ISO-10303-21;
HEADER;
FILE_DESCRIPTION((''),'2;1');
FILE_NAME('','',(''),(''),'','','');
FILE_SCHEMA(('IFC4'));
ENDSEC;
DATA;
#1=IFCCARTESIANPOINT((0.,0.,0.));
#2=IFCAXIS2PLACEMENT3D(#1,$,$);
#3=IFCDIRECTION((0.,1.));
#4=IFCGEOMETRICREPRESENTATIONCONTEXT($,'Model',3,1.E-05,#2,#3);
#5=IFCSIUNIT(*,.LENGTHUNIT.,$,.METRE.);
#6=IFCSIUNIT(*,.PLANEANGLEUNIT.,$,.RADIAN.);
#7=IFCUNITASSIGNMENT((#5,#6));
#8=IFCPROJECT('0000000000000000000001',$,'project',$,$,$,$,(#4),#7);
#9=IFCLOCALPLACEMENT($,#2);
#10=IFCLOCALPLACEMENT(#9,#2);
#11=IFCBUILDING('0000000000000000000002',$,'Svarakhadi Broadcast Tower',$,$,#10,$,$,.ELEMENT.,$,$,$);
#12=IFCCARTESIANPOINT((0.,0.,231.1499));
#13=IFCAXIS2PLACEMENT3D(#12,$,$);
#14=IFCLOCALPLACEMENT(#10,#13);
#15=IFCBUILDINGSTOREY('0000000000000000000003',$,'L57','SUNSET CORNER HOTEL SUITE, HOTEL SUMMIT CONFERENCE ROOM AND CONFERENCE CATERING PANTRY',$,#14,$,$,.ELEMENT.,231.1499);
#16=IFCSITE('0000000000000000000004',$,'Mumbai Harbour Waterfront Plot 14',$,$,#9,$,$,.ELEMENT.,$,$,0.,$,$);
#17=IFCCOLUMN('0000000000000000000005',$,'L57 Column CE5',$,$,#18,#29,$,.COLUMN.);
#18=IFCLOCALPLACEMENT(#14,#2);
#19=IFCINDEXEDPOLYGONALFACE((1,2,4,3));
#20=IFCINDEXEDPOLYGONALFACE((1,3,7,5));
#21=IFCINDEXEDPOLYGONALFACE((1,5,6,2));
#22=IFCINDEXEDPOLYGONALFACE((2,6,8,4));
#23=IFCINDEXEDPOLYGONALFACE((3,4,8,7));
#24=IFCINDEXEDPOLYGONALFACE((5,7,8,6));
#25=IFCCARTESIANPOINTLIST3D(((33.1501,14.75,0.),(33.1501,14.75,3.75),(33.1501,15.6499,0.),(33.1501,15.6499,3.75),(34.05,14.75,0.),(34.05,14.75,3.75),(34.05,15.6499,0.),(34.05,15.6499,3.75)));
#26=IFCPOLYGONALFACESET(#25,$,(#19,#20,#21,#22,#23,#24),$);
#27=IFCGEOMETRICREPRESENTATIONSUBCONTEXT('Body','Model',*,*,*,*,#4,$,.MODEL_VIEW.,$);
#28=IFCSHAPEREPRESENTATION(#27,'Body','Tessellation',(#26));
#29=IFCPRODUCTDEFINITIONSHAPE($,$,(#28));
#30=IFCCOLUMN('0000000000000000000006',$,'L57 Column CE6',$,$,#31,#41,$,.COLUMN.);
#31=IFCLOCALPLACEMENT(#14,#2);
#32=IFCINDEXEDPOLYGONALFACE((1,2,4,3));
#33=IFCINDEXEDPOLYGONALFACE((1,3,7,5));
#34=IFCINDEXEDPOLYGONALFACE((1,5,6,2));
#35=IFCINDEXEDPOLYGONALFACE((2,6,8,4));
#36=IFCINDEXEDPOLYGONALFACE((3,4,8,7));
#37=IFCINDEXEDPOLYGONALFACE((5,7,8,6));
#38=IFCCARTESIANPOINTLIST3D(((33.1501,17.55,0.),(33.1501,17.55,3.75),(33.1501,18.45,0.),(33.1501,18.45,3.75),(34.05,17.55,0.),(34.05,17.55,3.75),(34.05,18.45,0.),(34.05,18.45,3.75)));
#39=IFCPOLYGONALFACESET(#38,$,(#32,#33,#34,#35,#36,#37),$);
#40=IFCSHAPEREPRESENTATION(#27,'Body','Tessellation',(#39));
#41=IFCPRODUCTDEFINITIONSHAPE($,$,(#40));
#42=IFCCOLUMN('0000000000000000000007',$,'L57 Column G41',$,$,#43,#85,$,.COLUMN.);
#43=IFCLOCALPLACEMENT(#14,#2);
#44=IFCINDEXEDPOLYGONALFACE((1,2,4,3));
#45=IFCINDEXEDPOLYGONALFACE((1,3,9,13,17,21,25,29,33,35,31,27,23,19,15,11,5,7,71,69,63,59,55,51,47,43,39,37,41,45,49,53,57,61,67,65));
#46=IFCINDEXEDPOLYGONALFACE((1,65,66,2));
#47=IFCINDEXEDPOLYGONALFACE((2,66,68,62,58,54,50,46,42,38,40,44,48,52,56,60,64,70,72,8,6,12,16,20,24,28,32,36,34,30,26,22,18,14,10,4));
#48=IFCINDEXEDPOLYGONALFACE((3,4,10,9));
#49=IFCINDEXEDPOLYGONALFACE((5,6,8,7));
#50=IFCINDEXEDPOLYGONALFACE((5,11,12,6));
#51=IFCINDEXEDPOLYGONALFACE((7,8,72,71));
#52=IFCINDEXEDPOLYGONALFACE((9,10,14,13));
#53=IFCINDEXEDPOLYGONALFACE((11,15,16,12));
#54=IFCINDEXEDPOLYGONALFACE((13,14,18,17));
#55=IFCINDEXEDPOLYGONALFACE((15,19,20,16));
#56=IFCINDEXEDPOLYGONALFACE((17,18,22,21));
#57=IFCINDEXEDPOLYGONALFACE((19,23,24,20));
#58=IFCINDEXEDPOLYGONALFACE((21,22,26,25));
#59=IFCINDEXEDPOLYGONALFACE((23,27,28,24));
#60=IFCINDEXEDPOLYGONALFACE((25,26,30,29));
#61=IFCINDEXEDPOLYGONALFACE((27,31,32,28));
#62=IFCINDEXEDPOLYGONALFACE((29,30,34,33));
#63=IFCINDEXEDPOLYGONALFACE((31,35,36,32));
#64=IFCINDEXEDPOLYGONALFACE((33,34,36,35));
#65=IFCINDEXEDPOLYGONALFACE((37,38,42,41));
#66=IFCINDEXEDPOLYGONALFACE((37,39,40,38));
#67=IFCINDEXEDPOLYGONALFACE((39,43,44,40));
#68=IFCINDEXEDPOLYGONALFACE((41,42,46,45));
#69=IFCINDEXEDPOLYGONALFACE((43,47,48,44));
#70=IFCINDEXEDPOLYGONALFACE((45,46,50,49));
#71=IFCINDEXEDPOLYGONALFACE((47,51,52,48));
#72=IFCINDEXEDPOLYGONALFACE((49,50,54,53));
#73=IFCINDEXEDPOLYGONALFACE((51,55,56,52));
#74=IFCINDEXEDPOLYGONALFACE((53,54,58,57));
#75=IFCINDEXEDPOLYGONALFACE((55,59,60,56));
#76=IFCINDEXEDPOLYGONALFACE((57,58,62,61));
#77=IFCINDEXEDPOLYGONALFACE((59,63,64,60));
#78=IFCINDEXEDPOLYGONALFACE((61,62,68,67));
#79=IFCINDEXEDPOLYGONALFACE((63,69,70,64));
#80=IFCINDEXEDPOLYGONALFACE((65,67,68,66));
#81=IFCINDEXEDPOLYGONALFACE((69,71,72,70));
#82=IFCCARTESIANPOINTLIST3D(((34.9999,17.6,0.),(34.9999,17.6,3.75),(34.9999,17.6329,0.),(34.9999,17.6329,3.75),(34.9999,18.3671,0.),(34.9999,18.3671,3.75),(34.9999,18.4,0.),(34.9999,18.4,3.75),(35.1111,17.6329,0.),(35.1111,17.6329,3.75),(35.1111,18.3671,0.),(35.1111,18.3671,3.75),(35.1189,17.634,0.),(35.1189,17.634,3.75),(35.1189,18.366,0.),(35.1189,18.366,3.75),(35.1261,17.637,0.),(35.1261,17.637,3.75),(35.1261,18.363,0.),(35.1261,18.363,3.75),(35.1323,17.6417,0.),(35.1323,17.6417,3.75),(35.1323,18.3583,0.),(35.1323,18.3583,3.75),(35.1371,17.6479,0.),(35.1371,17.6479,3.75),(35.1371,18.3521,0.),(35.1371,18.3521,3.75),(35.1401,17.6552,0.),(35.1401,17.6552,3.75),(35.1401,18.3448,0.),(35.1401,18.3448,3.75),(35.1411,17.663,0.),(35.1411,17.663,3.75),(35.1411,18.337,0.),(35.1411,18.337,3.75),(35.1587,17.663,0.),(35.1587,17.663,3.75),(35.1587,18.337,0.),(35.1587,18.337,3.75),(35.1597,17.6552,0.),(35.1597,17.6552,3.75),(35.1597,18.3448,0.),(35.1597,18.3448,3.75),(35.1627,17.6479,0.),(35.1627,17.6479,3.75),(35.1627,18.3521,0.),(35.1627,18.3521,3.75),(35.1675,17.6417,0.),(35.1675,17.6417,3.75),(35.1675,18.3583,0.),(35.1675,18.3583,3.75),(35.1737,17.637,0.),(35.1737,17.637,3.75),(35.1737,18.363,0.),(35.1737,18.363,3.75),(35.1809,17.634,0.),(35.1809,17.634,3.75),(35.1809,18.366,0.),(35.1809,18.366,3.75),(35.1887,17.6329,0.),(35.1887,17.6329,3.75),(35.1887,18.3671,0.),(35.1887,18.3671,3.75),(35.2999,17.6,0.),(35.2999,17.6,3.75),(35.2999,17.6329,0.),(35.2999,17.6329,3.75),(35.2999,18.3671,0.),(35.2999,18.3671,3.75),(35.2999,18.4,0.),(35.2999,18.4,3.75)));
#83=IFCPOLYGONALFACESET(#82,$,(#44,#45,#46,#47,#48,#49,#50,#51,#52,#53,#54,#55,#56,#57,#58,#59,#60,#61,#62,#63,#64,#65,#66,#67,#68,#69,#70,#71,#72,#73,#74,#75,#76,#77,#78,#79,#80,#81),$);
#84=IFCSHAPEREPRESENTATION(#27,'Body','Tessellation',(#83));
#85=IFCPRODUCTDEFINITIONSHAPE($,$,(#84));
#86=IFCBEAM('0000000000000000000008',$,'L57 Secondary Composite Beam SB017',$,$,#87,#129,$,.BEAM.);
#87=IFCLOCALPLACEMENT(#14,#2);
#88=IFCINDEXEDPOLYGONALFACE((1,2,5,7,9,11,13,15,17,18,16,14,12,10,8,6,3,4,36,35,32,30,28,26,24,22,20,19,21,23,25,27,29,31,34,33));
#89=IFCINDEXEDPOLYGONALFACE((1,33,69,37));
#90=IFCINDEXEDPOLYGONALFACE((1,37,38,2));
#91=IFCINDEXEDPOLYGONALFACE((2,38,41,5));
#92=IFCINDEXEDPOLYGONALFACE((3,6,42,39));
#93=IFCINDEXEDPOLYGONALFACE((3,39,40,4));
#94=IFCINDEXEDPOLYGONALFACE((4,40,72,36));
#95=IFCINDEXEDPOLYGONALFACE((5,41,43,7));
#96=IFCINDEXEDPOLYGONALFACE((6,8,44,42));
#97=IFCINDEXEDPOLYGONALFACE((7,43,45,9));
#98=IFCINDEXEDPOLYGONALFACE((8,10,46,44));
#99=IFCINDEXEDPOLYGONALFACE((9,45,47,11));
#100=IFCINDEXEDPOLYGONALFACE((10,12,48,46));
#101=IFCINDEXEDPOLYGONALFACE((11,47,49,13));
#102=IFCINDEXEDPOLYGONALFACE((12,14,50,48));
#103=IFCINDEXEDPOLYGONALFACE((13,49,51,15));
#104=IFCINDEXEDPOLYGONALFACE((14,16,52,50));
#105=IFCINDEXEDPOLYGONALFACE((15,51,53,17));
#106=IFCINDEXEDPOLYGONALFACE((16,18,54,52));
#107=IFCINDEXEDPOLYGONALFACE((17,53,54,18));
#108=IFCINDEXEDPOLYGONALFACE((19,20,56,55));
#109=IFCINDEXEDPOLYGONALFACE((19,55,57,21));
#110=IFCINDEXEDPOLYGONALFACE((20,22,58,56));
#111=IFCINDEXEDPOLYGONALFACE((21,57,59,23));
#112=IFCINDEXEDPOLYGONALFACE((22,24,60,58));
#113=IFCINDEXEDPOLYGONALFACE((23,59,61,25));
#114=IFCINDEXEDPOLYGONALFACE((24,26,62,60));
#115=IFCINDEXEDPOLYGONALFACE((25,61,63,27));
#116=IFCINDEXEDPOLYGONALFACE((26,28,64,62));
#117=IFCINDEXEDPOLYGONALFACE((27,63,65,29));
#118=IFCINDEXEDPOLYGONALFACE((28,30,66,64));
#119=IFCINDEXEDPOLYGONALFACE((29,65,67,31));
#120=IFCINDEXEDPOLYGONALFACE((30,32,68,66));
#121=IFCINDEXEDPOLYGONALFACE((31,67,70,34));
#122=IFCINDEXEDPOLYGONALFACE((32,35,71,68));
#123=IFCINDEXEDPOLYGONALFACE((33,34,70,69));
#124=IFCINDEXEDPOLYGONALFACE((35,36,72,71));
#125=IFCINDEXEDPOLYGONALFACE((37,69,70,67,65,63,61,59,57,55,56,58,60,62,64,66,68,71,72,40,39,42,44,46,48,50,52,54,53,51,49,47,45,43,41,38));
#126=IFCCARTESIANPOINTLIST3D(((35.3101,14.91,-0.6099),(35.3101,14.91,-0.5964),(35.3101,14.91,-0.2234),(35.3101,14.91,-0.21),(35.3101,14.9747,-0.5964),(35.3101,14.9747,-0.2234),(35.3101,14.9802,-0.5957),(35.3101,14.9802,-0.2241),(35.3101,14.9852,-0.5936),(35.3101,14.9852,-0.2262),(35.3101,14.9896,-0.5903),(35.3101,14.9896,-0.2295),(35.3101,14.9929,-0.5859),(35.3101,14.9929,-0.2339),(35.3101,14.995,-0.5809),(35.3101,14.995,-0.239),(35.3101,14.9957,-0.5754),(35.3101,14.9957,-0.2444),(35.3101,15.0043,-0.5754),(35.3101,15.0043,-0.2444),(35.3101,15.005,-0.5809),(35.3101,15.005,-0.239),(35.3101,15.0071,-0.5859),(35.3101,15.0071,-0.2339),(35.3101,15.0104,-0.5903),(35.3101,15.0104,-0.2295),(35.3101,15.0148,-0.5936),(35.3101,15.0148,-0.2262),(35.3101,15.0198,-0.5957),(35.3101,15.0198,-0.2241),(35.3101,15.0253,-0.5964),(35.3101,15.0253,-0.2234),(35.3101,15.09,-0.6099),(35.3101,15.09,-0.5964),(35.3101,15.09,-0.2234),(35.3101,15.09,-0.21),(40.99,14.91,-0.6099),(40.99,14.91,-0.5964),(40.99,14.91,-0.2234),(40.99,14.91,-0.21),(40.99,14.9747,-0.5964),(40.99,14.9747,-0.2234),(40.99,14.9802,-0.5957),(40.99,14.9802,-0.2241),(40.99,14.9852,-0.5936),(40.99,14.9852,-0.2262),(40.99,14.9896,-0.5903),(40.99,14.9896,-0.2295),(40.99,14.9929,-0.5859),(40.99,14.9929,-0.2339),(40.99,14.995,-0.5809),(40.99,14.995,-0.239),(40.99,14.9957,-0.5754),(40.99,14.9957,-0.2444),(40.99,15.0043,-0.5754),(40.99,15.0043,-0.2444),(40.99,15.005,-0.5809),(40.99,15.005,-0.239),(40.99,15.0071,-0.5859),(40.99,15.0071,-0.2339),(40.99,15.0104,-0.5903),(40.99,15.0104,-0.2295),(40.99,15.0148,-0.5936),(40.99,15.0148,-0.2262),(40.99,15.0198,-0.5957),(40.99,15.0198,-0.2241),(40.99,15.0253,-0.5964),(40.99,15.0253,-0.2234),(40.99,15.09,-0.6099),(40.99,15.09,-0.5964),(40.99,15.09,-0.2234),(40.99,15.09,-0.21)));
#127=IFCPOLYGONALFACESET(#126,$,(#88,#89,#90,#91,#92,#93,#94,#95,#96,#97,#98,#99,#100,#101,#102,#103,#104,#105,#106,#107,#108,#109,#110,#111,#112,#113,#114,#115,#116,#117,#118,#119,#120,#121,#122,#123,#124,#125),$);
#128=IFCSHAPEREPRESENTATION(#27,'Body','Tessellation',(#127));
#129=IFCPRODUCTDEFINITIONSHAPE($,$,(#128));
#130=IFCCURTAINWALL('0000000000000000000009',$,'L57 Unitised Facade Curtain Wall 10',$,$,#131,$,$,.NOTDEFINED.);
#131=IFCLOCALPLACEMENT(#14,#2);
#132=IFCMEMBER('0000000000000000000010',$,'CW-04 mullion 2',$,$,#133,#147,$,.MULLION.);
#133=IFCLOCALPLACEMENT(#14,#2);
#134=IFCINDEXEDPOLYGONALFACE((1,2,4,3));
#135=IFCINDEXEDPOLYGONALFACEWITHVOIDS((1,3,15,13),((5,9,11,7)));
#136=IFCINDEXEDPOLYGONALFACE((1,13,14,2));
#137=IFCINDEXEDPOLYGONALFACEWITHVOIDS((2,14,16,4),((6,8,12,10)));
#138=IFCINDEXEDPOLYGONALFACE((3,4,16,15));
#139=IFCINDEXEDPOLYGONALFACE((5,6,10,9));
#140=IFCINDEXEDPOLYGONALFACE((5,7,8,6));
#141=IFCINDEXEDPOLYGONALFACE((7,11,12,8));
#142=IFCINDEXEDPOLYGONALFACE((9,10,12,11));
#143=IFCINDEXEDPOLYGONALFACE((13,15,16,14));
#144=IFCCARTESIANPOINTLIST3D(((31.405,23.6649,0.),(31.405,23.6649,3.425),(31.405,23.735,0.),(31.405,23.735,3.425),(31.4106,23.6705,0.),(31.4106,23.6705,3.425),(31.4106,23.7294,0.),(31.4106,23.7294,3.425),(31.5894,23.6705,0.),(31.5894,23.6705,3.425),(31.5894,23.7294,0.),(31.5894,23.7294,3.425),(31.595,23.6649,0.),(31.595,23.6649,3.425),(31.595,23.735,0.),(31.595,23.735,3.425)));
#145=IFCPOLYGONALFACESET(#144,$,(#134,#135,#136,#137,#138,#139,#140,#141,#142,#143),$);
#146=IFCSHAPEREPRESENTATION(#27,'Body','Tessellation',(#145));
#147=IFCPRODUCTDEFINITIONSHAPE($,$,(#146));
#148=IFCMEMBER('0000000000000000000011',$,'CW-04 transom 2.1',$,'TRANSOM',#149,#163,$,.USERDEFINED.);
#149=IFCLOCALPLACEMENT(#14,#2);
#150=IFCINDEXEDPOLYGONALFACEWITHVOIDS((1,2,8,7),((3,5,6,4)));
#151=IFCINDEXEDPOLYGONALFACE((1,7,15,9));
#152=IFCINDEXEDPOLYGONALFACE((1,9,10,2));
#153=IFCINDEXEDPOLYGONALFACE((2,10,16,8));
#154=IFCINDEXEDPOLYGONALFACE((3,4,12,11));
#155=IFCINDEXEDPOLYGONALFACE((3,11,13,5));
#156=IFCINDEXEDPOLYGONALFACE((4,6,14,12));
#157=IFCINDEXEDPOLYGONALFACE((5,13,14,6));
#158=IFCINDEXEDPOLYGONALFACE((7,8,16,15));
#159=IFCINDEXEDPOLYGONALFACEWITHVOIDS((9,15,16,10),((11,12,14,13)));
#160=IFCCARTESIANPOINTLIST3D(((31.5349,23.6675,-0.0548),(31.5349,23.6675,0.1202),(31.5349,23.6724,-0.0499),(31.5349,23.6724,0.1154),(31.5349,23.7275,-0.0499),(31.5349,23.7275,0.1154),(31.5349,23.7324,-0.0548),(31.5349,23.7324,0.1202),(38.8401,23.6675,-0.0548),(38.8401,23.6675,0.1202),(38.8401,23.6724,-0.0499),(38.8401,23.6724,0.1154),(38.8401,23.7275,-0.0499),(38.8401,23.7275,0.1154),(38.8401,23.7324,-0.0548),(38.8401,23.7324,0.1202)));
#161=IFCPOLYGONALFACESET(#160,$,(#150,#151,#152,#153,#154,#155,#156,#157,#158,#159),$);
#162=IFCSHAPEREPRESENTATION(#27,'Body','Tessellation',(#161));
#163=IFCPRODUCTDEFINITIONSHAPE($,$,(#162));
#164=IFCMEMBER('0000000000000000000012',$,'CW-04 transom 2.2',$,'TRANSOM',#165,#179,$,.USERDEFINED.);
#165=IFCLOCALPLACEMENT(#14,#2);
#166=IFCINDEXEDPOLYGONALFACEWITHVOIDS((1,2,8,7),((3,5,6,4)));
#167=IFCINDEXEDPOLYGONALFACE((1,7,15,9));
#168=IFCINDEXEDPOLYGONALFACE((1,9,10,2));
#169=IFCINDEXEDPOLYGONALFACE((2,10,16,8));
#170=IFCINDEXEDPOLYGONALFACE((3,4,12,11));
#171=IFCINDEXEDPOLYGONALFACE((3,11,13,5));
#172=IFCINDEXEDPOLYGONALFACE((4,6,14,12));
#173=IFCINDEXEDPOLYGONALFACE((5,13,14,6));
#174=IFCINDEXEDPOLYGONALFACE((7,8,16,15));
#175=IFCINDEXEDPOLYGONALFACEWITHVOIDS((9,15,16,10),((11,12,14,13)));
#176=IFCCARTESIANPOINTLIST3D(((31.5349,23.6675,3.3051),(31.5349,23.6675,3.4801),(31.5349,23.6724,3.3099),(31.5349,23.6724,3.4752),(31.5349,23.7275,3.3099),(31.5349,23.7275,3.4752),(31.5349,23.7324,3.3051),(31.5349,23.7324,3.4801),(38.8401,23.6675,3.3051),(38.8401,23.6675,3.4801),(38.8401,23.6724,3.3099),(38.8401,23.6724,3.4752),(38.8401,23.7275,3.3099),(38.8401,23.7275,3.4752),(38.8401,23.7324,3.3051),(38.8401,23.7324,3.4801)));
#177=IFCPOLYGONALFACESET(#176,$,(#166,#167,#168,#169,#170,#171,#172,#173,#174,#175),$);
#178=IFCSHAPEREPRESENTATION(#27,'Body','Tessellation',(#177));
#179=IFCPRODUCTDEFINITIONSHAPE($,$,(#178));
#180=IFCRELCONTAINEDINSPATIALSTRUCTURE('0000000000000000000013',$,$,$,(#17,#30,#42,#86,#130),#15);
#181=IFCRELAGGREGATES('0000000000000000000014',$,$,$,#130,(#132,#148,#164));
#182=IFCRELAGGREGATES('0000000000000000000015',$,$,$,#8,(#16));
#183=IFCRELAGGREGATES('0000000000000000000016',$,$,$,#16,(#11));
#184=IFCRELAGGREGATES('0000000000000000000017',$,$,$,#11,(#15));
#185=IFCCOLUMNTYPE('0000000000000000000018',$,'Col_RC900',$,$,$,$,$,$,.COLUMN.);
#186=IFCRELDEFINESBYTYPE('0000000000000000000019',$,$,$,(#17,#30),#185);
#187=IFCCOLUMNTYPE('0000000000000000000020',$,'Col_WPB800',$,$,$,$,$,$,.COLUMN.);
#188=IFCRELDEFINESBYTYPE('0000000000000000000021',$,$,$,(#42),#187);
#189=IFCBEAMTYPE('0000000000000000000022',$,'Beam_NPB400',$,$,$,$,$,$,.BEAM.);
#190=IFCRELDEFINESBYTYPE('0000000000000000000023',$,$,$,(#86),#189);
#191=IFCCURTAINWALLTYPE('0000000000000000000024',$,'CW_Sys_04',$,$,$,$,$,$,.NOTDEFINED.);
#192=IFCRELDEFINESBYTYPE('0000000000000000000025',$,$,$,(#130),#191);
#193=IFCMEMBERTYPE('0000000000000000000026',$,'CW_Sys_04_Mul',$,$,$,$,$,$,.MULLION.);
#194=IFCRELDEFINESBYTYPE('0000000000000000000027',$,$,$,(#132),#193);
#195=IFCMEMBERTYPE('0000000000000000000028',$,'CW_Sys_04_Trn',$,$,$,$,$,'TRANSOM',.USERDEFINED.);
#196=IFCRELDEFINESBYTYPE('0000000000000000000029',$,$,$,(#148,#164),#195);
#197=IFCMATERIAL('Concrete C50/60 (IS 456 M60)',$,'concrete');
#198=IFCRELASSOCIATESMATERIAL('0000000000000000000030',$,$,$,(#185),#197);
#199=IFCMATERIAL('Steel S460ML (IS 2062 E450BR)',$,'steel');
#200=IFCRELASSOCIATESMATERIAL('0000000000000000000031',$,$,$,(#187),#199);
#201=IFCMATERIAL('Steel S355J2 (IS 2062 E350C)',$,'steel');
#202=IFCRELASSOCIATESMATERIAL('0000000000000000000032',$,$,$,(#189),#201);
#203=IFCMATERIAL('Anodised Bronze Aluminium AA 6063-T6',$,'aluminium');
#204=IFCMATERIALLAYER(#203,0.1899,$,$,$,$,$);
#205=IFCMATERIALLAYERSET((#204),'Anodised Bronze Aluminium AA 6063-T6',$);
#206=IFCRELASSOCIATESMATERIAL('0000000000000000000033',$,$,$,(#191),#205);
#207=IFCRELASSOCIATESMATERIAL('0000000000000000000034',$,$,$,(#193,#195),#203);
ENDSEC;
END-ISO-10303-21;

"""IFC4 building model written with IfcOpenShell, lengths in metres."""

from ifc_helpers import new_model, si_unit, direction, frame, origin, origin_2d, place, context, subcontext, project, spatial, rectangle, hollow_rectangle, i_section, extrude, material, layer, layer_set, material_profile, profile_set, type_object, element, aggregate, save


model = new_model("IFC4")

# Units and contexts
model_context = context("Model", 3, precision=1e-05, world=origin(), true_north=direction((0.0, 1.0)))
body_context = subcontext(model_context, "Body", "Model", "MODEL_VIEW")
ifc_project = project(units=[si_unit("LENGTHUNIT", "METRE"), si_unit("PLANEANGLEUNIT", "RADIAN")], contexts=[model_context])

# Site, building, storey
site_placement = place(None, origin())
site = spatial("IfcSite", under=ifc_project, at=site_placement, Name="Mumbai Harbour Waterfront Plot 14", CompositionType="ELEMENT", RefElevation=0.0)
building_placement = place(site_placement, origin())
building = spatial("IfcBuilding", under=site, at=building_placement, Name="Svarakhadi Broadcast Tower", CompositionType="ELEMENT")
storey_placement = place(building_placement, frame((0.0, 0.0, 231.1499)))
storey = spatial("IfcBuildingStorey", under=building, at=storey_placement, Name="L57", Description="SUNSET CORNER HOTEL SUITE, HOTEL SUMMIT CONFERENCE ROOM AND CONFERENCE CATERING PANTRY", CompositionType="ELEMENT", Elevation=231.1499)

# Columns
ifc_material_1 = material(Name="Concrete C50/60 (IS 456 M60)", Category="concrete")
ifc_material_profile_1 = material_profile(ifc_material_1, rectangle(XDim=0.8999, YDim=0.8999, at=origin_2d()), Name="RC 900x900")
ifc_profile_set_1 = profile_set([ifc_material_profile_1], Name="Concrete C50/60 (IS 456 M60)")
column_type_1 = type_object("IfcColumnType", Name="Col_RC900", PredefinedType="COLUMN", material=ifc_profile_set_1)
for number, where, z_axis, x_axis, name in (
    (1, (33.6001, 15.2, 0.0), (0.0, 0.0, 1.0), (1.0, 0.0, 0.0), "L57 Column CE5"),
    (2, (33.6001, 18.0, 0.0), (0.0, 0.0, 1.0), (1.0, 0.0, 0.0), "L57 Column CE6"),
):
    element("IfcColumn", number, at=place(storey_placement, frame(where, z_axis=z_axis, x_axis=x_axis)), inside=storey, type_object=column_type_1, Name=name, PredefinedType="COLUMN", context=body_context, shape_type="SweptSolid", body=[
        extrude(rectangle(XDim=0.8999, YDim=0.8999, at=origin_2d()), origin(), (0.0, 0.0, 1.0), 3.75),
    ])
ifc_material_2 = material(Name="Steel S460ML (IS 2062 E450BR)", Category="steel")
ifc_material_profile_2 = material_profile(ifc_material_2, i_section(OverallWidth=0.3, OverallDepth=0.8, WebThickness=0.0176, FlangeThickness=0.033, FilletRadius=0.03, at=origin_2d()), Name="WPB 800x300x262")
ifc_profile_set_2 = profile_set([ifc_material_profile_2], Name="Steel S460ML (IS 2062 E450BR)")
column_type_2 = type_object("IfcColumnType", Name="Col_WPB800", PredefinedType="COLUMN", material=ifc_profile_set_2)
column_placement = place(storey_placement, frame((35.1499, 18.0, 0.0), z_axis=(0.0, 0.0, 1.0), x_axis=(1.0, 0.0, 0.0)))
element("IfcColumn", 3, at=column_placement, inside=storey, type_object=column_type_2, Name="L57 Column G41", PredefinedType="COLUMN", context=body_context, shape_type="SweptSolid", body=[
    extrude(i_section(OverallWidth=0.3, OverallDepth=0.8, WebThickness=0.0176, FlangeThickness=0.033, FilletRadius=0.03, at=origin_2d()), origin(), (0.0, 0.0, 1.0), 3.75),
])

# Beam
ifc_material_3 = material(Name="Steel S355J2 (IS 2062 E350C)", Category="steel")
ifc_material_profile_3 = material_profile(ifc_material_3, i_section(OverallWidth=0.1799, OverallDepth=0.3999, WebThickness=0.0085, FlangeThickness=0.0134, FilletRadius=0.021, at=origin_2d()), Name="NPB 400x180x66")
ifc_profile_set_3 = profile_set([ifc_material_profile_3], Name="Steel S355J2 (IS 2062 E350C)")
beam_type_1 = type_object("IfcBeamType", Name="Beam_NPB400", PredefinedType="BEAM", material=ifc_profile_set_3)
beam_1_placement = place(storey_placement, frame((35.3101, 15.0, -0.4099), z_axis=(1.0, 0.0, 0.0), x_axis=(0.0, 1.0, 0.0)))
element("IfcBeam", 4, at=beam_1_placement, inside=storey, type_object=beam_type_1, Name="L57 Secondary Composite Beam SB017", PredefinedType="BEAM", context=body_context, shape_type="SweptSolid", body=[
    extrude(i_section(OverallWidth=0.1799, OverallDepth=0.3999, WebThickness=0.0085, FlangeThickness=0.0134, FilletRadius=0.021, at=origin_2d()), origin(), (0.0, 0.0, 1.0), 5.6799),
])

# Curtain wall, members
ifc_material_4 = material(Name="Anodised Bronze Aluminium AA 6063-T6", Category="aluminium")
ifc_layer_1 = layer(ifc_material_4, 0.1899)
ifc_layer_set_1 = layer_set([ifc_layer_1], Name="Anodised Bronze Aluminium AA 6063-T6")
curtain_wall_type = type_object("IfcCurtainWallType", Name="CW_Sys_04", PredefinedType="NOTDEFINED", material=ifc_layer_set_1)
curtain_wall_placement = place(storey_placement, origin())
curtain_wall = element("IfcCurtainWall", 5, at=curtain_wall_placement, inside=storey, type_object=curtain_wall_type, Name="L57 Unitised Facade Curtain Wall 10", PredefinedType="NOTDEFINED")
ifc_material_profile_4 = material_profile(ifc_material_4, hollow_rectangle(XDim=0.0701, YDim=0.1899, WallThickness=0.0056, at=origin_2d()), Name="ALU MULLION 190x70x6")
ifc_profile_set_4 = profile_set([ifc_material_profile_4], Name="Anodised Bronze Aluminium AA 6063-T6")
member_type_1 = type_object("IfcMemberType", Name="CW_Sys_04_Mul", PredefinedType="MULLION", material=ifc_profile_set_4)
member_1_placement = place(storey_placement, frame((31.5, 23.7, 0.0), z_axis=(0.0, 0.0, 1.0), x_axis=(0.0, 1.0, 0.0)))
member_1 = element("IfcMember", 6, at=member_1_placement, type_object=member_type_1, Name="CW-04 mullion 2", PredefinedType="MULLION", context=body_context, shape_type="SweptSolid", body=[
    extrude(hollow_rectangle(XDim=0.0701, YDim=0.1899, WallThickness=0.0056, at=origin_2d()), origin(), (0.0, 0.0, 1.0), 3.425),
])
ifc_material_profile_5 = material_profile(ifc_material_4, hollow_rectangle(XDim=0.0649, YDim=0.175, WallThickness=0.0049, at=origin_2d()), Name="ALU TRANSOM 175x65x5")
ifc_profile_set_5 = profile_set([ifc_material_profile_5], Name="Anodised Bronze Aluminium AA 6063-T6")
member_type_2 = type_object("IfcMemberType", Name="CW_Sys_04_Trn", ElementType="TRANSOM", PredefinedType="USERDEFINED", material=ifc_profile_set_5)
member_2_placement = place(storey_placement, frame((31.5349, 23.7, 0.0327), z_axis=(1.0, 0.0, 0.0), x_axis=(0.0, 1.0, 0.0)))
member_2 = element("IfcMember", 7, at=member_2_placement, type_object=member_type_2, Name="CW-04 transom 2.1", ObjectType="TRANSOM", PredefinedType="USERDEFINED", context=body_context, shape_type="SweptSolid", body=[
    extrude(hollow_rectangle(XDim=0.0649, YDim=0.175, WallThickness=0.0049, at=origin_2d()), origin(), (0.0, 0.0, 1.0), 7.3052),
])
member_3_placement = place(storey_placement, frame((31.5349, 23.7, 3.3926), z_axis=(1.0, 0.0, 0.0), x_axis=(0.0, 1.0, 0.0)))
member_3 = element("IfcMember", 8, at=member_3_placement, type_object=member_type_2, Name="CW-04 transom 2.2", ObjectType="TRANSOM", PredefinedType="USERDEFINED", context=body_context, shape_type="SweptSolid", body=[
    extrude(hollow_rectangle(XDim=0.0649, YDim=0.175, WallThickness=0.0049, at=origin_2d()), origin(), (0.0, 0.0, 1.0), 7.3052),
])

aggregate(curtain_wall, [member_1, member_2, member_3])

save(model, "model.ifc")
